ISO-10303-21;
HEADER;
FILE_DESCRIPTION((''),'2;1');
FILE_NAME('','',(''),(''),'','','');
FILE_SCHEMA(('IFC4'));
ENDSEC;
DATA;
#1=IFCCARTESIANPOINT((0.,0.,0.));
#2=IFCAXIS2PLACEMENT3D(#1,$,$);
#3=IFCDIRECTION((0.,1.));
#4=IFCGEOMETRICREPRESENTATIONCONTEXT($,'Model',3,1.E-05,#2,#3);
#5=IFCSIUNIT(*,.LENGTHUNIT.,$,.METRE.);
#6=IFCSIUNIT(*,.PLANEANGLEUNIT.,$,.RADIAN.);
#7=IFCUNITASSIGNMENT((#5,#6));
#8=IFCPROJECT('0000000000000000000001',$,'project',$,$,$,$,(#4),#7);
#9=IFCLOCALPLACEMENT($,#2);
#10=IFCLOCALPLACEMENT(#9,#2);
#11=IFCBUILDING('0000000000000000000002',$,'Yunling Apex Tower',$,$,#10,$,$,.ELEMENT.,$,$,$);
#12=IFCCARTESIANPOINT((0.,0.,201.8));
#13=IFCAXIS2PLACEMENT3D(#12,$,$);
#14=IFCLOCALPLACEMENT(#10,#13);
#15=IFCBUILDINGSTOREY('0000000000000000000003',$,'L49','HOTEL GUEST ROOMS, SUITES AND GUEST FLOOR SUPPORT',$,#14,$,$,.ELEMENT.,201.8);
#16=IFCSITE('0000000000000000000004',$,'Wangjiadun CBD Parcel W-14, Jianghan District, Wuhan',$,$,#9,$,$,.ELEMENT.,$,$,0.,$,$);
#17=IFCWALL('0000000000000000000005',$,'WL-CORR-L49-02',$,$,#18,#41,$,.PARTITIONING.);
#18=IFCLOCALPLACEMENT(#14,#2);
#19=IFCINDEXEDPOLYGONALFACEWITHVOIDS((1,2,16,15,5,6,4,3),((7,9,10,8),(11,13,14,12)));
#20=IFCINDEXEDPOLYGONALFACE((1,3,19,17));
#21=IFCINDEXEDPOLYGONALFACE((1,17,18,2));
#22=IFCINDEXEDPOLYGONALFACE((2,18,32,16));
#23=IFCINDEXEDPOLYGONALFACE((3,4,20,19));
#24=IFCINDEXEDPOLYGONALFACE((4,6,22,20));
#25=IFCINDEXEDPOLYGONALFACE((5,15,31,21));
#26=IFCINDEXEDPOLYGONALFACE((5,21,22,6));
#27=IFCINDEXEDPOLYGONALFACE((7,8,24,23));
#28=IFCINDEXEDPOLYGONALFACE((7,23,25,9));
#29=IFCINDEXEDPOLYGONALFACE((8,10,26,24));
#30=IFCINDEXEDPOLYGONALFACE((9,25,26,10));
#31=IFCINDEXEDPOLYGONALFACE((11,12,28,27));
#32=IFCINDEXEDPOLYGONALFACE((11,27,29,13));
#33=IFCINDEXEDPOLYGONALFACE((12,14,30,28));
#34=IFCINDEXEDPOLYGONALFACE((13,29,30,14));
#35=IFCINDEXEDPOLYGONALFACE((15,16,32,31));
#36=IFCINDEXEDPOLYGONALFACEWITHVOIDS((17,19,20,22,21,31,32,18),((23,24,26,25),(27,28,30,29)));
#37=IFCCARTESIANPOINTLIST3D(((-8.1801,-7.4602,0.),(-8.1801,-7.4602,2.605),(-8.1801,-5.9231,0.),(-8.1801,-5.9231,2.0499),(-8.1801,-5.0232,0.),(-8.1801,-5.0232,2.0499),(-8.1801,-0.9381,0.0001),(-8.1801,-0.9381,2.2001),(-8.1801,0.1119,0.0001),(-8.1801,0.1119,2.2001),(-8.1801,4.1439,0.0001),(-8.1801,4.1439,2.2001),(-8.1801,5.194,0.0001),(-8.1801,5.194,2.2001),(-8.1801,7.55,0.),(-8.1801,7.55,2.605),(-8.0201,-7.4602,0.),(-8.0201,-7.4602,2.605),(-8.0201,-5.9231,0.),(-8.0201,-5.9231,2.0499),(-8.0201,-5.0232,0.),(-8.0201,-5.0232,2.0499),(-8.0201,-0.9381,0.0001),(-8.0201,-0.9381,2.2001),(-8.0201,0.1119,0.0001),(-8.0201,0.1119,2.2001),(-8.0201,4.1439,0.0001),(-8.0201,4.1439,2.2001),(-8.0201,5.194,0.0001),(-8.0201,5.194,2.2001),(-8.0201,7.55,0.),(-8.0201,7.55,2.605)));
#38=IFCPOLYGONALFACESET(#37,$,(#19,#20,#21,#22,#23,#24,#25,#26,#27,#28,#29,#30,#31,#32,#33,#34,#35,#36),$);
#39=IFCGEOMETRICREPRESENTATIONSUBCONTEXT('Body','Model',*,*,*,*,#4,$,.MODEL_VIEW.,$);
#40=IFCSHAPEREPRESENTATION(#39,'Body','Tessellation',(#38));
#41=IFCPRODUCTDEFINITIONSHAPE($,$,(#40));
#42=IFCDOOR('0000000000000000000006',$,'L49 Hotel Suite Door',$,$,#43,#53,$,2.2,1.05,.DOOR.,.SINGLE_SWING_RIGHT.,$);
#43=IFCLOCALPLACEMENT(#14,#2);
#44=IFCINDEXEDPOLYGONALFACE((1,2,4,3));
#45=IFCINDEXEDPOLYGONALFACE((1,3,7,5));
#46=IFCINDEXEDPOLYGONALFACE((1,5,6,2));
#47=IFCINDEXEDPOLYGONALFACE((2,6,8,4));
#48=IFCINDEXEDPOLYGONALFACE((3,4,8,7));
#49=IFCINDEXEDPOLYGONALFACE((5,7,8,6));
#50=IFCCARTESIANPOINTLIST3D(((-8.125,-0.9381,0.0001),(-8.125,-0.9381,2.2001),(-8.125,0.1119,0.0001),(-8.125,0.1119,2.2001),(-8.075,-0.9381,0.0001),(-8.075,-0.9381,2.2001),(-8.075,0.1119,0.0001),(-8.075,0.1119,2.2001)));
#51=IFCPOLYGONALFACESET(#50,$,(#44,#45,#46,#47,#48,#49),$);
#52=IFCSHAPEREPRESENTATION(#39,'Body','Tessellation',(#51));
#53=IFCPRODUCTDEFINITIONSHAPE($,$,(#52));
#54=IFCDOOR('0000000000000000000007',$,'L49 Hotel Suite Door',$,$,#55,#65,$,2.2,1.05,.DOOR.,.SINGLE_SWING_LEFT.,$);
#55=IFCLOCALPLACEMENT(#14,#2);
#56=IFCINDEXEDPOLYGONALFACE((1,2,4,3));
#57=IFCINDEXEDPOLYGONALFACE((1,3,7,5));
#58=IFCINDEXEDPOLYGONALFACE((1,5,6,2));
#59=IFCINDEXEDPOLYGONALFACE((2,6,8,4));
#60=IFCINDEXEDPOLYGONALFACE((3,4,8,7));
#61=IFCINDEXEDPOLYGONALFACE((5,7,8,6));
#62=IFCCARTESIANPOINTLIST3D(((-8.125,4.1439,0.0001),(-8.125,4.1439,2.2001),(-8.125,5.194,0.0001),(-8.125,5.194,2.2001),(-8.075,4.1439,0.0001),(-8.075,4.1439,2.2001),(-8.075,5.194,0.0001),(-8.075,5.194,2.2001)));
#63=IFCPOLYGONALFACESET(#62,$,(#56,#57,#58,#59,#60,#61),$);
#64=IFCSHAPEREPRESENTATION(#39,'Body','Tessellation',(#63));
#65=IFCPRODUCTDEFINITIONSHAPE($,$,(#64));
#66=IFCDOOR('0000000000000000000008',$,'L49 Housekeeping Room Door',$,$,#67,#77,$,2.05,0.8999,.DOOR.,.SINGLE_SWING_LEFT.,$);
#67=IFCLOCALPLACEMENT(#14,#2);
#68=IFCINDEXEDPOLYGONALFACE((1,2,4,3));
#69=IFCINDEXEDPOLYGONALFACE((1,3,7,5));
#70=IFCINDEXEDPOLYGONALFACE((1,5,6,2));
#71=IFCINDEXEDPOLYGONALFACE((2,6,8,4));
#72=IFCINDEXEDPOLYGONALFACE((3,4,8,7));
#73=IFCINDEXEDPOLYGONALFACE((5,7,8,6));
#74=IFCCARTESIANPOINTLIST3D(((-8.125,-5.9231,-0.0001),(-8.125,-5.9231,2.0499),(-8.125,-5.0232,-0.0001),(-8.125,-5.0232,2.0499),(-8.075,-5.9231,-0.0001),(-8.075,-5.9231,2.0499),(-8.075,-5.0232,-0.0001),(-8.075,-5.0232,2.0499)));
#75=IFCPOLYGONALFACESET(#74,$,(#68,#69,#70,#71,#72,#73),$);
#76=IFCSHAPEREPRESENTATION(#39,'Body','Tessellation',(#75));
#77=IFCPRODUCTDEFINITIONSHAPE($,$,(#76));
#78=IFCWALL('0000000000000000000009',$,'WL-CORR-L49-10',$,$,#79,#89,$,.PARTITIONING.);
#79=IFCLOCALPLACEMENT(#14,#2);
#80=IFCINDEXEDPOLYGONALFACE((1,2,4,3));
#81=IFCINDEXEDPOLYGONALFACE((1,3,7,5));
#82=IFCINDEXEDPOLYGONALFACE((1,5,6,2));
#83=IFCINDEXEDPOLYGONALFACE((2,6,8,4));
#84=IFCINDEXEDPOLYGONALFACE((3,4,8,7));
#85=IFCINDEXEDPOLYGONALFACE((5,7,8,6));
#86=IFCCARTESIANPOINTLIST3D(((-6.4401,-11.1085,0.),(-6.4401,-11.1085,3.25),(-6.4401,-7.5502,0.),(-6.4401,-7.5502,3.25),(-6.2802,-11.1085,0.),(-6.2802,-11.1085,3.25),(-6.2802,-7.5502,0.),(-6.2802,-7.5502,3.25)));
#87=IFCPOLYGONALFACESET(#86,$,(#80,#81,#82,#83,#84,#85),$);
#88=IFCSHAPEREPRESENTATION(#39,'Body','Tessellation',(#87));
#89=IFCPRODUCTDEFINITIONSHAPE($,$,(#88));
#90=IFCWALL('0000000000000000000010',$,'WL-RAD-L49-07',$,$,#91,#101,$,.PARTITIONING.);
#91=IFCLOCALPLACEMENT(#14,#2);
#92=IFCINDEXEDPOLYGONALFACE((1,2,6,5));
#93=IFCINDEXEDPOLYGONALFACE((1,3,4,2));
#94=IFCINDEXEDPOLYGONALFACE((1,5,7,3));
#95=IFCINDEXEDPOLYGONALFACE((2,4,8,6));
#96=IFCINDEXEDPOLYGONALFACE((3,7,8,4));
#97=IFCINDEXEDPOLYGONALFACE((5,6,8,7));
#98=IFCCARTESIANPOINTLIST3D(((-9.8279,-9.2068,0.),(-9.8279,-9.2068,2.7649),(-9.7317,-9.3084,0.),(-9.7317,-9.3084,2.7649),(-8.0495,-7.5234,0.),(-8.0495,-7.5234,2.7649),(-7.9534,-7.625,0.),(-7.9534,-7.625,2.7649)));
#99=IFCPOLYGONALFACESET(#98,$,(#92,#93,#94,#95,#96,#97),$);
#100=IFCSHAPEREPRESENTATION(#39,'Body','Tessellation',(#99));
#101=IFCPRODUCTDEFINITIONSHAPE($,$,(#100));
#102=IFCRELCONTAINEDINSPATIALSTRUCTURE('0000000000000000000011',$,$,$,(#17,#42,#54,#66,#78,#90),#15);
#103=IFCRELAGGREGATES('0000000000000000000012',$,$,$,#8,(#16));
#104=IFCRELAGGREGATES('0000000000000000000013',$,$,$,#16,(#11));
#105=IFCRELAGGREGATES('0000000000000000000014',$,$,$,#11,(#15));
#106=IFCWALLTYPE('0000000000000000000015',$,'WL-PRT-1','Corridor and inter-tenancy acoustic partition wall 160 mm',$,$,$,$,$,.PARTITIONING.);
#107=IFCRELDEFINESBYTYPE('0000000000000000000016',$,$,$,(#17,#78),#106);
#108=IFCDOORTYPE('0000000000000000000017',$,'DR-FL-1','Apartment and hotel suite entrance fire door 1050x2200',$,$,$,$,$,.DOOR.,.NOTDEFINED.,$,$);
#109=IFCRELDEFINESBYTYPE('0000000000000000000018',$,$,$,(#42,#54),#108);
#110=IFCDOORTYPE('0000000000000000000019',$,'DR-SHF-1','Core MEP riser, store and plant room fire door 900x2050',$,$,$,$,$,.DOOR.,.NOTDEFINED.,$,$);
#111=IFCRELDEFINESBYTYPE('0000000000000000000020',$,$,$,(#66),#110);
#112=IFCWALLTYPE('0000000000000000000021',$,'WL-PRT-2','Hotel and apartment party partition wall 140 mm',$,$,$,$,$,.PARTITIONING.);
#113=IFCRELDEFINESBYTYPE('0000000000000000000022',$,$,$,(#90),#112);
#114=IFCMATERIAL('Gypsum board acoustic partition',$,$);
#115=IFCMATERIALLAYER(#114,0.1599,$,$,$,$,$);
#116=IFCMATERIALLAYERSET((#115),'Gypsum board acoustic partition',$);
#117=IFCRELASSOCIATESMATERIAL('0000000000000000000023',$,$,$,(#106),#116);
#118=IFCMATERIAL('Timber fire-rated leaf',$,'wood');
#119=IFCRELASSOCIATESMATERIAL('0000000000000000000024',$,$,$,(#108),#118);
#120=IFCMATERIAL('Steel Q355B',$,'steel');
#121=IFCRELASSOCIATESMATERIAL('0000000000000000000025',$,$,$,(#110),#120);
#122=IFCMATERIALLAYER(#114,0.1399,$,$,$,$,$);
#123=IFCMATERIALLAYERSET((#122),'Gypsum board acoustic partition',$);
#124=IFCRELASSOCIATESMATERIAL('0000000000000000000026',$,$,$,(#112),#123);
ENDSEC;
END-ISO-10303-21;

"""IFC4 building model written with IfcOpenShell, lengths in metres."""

from ifc_helpers import new_model, si_unit, direction, frame, frame_2d, origin, place, context, subcontext, project, spatial, rectangle, extrude, material, layer, layer_set, type_object, element, fill, save


model = new_model("IFC4")

# Units and contexts
model_context = context("Model", 3, precision=1e-05, world=origin(), true_north=direction((0.0, 1.0)))
body_context = subcontext(model_context, "Body", "Model", "MODEL_VIEW")
ifc_project = project(units=[si_unit("LENGTHUNIT", "METRE"), si_unit("PLANEANGLEUNIT", "RADIAN")], contexts=[model_context])

# Site, building, storey
site_placement = place(None, origin())
site = spatial("IfcSite", under=ifc_project, at=site_placement, Name="Wangjiadun CBD Parcel W-14, Jianghan District, Wuhan", CompositionType="ELEMENT", RefElevation=0.0)
building_placement = place(site_placement, origin())
building = spatial("IfcBuilding", under=site, at=building_placement, Name="Yunling Apex Tower", CompositionType="ELEMENT")
storey_placement = place(building_placement, frame((0.0, 0.0, 201.8)))
storey = spatial("IfcBuildingStorey", under=building, at=storey_placement, Name="L49", Description="HOTEL GUEST ROOMS, SUITES AND GUEST FLOOR SUPPORT", CompositionType="ELEMENT", Elevation=201.8)

# Shared definitions
ifc_material_1 = material(Name="Steel Q355B", Category="steel")

# Shared definitions
ifc_material_2 = material(Name="Gypsum board acoustic partition")
ifc_layer_1 = layer(ifc_material_2, 0.1599)
ifc_layer_set_1 = layer_set([ifc_layer_1], Name="Gypsum board acoustic partition")
wall_type_1 = type_object("IfcWallType", Name="WL-PRT-1", Description="Corridor and inter-tenancy acoustic partition wall 160 mm", PredefinedType="PARTITIONING", material=ifc_layer_set_1)

# Wall, openings, doors
wall_1_placement = place(storey_placement, frame((-8.1001, -7.4602, 0.0), z_axis=(0.0, 0.0, 1.0), x_axis=(0.0, 1.0, 0.0)))
wall_1 = element("IfcWall", 1, at=wall_1_placement, inside=storey, type_object=wall_type_1, Name="WL-CORR-L49-02", PredefinedType="PARTITIONING", context=body_context, shape_type="SweptSolid", body=[
    extrude(rectangle(XDim=15.0103, YDim=0.1599, at=frame_2d((7.5051, 0.0))), origin(), (0.0, 0.0, 1.0), 2.605),
])
opening_1_placement = place(wall_1_placement, frame((1.5371, 0.0, 0.0)))
opening_1 = element("IfcOpeningElement", 2, at=opening_1_placement, cuts=wall_1, PredefinedType="OPENING", context=body_context, shape_type="SweptSolid", body=[
    extrude(rectangle(XDim=0.8999, YDim=2.05, at=frame_2d((0.45, 1.0249))), frame((0.0, 0.0898, 0.0), z_axis=(0.0, -1.0, 0.0), x_axis=(1.0, 0.0, 0.0)), (0.0, 0.0, 1.0), 0.1799),
])
opening_2_placement = place(wall_1_placement, frame((6.5222, 0.0, 0.0)))
opening_2 = element("IfcOpeningElement", 3, at=opening_2_placement, cuts=wall_1, PredefinedType="OPENING", context=body_context, shape_type="SweptSolid", body=[
    extrude(rectangle(XDim=1.05, YDim=2.2, at=frame_2d((0.5249, 1.1001))), frame((0.0, 0.0898, 0.0), z_axis=(0.0, -1.0, 0.0), x_axis=(1.0, 0.0, 0.0)), (0.0, 0.0, 1.0), 0.1799),
])
opening_3_placement = place(wall_1_placement, frame((11.6042, 0.0, 0.0)))
opening_3 = element("IfcOpeningElement", 4, at=opening_3_placement, cuts=wall_1, PredefinedType="OPENING", context=body_context, shape_type="SweptSolid", body=[
    extrude(rectangle(XDim=1.05, YDim=2.2, at=frame_2d((0.5249, 1.1001))), frame((0.0, 0.0898, 0.0), z_axis=(0.0, -1.0, 0.0), x_axis=(1.0, 0.0, 0.0)), (0.0, 0.0, 1.0), 0.1799),
])
ifc_material_3 = material(Name="Timber fire-rated leaf", Category="wood")
door_type_1 = type_object("IfcDoorType", Name="DR-FL-1", Description="Apartment and hotel suite entrance fire door 1050x2200", OperationType="NOTDEFINED", PredefinedType="DOOR", material=ifc_material_3)
door_1_placement = place(opening_2_placement, origin())
door_1 = element("IfcDoor", 5, at=door_1_placement, inside=storey, type_object=door_type_1, Name="L49 Hotel Suite Door", OperationType="SINGLE_SWING_RIGHT", OverallHeight=2.2, OverallWidth=1.05, PredefinedType="DOOR", context=body_context, shape_type="SweptSolid", body=[
    extrude(rectangle(XDim=1.05, YDim=2.2, at=frame_2d((0.5249, 1.1001))), frame((0.0, 0.0249, 0.0), z_axis=(0.0, -1.0, 0.0), x_axis=(1.0, 0.0, 0.0)), (0.0, 0.0, 1.0), 0.05),
])
fill(opening_2, door_1)
door_2_placement = place(opening_3_placement, origin())
door_2 = element("IfcDoor", 6, at=door_2_placement, inside=storey, type_object=door_type_1, Name="L49 Hotel Suite Door", OperationType="SINGLE_SWING_LEFT", OverallHeight=2.2, OverallWidth=1.05, PredefinedType="DOOR", context=body_context, shape_type="SweptSolid", body=[
    extrude(rectangle(XDim=1.05, YDim=2.2, at=frame_2d((0.5249, 1.1001))), frame((0.0, 0.0249, 0.0), z_axis=(0.0, -1.0, 0.0), x_axis=(1.0, 0.0, 0.0)), (0.0, 0.0, 1.0), 0.05),
])
fill(opening_3, door_2)
door_type_2 = type_object("IfcDoorType", Name="DR-SHF-1", Description="Core MEP riser, store and plant room fire door 900x2050", OperationType="NOTDEFINED", PredefinedType="DOOR", material=ifc_material_1)
door_3_placement = place(opening_1_placement, origin())
door_3 = element("IfcDoor", 7, at=door_3_placement, inside=storey, type_object=door_type_2, Name="L49 Housekeeping Room Door", OperationType="SINGLE_SWING_LEFT", OverallHeight=2.05, OverallWidth=0.8999, PredefinedType="DOOR", context=body_context, shape_type="SweptSolid", body=[
    extrude(rectangle(XDim=0.8999, YDim=2.05, at=frame_2d((0.45, 1.0249))), frame((0.0, 0.0249, 0.0), z_axis=(0.0, -1.0, 0.0), x_axis=(1.0, 0.0, 0.0)), (0.0, 0.0, 1.0), 0.05),
])
fill(opening_1, door_3)

# Walls
wall_2_placement = place(storey_placement, frame((-6.3601, -7.55, 0.0), z_axis=(0.0, 0.0, 1.0), x_axis=(0.0, -1.0, 0.0)))
element("IfcWall", 8, at=wall_2_placement, inside=storey, type_object=wall_type_1, Name="WL-CORR-L49-10", PredefinedType="PARTITIONING", context=body_context, shape_type="SweptSolid", body=[
    extrude(rectangle(XDim=3.5583, YDim=0.1599, at=frame_2d((1.7793, 0.0))), origin(), (0.0, 0.0, 1.0), 3.25),
])
ifc_layer_2 = layer(ifc_material_2, 0.1399)
ifc_layer_set_2 = layer_set([ifc_layer_2], Name="Gypsum board acoustic partition")
wall_type_2 = type_object("IfcWallType", Name="WL-PRT-2", Description="Hotel and apartment party partition wall 140 mm", PredefinedType="PARTITIONING", material=ifc_layer_set_2)
wall_3_placement = place(storey_placement, frame((-8.0015, -7.5742, 0.0), z_axis=(0.0, 0.0, 1.0), x_axis=(-0.726233, -0.687449, 0.0)))
element("IfcWall", 9, at=wall_3_placement, inside=storey, type_object=wall_type_2, Name="WL-RAD-L49-07", PredefinedType="PARTITIONING", context=body_context, shape_type="SweptSolid", body=[
    extrude(rectangle(XDim=2.4487, YDim=0.1399, at=frame_2d((1.2244, 0.0))), origin(), (0.0, 0.0, 1.0), 2.7649),
])

save(model, "model.ifc")
